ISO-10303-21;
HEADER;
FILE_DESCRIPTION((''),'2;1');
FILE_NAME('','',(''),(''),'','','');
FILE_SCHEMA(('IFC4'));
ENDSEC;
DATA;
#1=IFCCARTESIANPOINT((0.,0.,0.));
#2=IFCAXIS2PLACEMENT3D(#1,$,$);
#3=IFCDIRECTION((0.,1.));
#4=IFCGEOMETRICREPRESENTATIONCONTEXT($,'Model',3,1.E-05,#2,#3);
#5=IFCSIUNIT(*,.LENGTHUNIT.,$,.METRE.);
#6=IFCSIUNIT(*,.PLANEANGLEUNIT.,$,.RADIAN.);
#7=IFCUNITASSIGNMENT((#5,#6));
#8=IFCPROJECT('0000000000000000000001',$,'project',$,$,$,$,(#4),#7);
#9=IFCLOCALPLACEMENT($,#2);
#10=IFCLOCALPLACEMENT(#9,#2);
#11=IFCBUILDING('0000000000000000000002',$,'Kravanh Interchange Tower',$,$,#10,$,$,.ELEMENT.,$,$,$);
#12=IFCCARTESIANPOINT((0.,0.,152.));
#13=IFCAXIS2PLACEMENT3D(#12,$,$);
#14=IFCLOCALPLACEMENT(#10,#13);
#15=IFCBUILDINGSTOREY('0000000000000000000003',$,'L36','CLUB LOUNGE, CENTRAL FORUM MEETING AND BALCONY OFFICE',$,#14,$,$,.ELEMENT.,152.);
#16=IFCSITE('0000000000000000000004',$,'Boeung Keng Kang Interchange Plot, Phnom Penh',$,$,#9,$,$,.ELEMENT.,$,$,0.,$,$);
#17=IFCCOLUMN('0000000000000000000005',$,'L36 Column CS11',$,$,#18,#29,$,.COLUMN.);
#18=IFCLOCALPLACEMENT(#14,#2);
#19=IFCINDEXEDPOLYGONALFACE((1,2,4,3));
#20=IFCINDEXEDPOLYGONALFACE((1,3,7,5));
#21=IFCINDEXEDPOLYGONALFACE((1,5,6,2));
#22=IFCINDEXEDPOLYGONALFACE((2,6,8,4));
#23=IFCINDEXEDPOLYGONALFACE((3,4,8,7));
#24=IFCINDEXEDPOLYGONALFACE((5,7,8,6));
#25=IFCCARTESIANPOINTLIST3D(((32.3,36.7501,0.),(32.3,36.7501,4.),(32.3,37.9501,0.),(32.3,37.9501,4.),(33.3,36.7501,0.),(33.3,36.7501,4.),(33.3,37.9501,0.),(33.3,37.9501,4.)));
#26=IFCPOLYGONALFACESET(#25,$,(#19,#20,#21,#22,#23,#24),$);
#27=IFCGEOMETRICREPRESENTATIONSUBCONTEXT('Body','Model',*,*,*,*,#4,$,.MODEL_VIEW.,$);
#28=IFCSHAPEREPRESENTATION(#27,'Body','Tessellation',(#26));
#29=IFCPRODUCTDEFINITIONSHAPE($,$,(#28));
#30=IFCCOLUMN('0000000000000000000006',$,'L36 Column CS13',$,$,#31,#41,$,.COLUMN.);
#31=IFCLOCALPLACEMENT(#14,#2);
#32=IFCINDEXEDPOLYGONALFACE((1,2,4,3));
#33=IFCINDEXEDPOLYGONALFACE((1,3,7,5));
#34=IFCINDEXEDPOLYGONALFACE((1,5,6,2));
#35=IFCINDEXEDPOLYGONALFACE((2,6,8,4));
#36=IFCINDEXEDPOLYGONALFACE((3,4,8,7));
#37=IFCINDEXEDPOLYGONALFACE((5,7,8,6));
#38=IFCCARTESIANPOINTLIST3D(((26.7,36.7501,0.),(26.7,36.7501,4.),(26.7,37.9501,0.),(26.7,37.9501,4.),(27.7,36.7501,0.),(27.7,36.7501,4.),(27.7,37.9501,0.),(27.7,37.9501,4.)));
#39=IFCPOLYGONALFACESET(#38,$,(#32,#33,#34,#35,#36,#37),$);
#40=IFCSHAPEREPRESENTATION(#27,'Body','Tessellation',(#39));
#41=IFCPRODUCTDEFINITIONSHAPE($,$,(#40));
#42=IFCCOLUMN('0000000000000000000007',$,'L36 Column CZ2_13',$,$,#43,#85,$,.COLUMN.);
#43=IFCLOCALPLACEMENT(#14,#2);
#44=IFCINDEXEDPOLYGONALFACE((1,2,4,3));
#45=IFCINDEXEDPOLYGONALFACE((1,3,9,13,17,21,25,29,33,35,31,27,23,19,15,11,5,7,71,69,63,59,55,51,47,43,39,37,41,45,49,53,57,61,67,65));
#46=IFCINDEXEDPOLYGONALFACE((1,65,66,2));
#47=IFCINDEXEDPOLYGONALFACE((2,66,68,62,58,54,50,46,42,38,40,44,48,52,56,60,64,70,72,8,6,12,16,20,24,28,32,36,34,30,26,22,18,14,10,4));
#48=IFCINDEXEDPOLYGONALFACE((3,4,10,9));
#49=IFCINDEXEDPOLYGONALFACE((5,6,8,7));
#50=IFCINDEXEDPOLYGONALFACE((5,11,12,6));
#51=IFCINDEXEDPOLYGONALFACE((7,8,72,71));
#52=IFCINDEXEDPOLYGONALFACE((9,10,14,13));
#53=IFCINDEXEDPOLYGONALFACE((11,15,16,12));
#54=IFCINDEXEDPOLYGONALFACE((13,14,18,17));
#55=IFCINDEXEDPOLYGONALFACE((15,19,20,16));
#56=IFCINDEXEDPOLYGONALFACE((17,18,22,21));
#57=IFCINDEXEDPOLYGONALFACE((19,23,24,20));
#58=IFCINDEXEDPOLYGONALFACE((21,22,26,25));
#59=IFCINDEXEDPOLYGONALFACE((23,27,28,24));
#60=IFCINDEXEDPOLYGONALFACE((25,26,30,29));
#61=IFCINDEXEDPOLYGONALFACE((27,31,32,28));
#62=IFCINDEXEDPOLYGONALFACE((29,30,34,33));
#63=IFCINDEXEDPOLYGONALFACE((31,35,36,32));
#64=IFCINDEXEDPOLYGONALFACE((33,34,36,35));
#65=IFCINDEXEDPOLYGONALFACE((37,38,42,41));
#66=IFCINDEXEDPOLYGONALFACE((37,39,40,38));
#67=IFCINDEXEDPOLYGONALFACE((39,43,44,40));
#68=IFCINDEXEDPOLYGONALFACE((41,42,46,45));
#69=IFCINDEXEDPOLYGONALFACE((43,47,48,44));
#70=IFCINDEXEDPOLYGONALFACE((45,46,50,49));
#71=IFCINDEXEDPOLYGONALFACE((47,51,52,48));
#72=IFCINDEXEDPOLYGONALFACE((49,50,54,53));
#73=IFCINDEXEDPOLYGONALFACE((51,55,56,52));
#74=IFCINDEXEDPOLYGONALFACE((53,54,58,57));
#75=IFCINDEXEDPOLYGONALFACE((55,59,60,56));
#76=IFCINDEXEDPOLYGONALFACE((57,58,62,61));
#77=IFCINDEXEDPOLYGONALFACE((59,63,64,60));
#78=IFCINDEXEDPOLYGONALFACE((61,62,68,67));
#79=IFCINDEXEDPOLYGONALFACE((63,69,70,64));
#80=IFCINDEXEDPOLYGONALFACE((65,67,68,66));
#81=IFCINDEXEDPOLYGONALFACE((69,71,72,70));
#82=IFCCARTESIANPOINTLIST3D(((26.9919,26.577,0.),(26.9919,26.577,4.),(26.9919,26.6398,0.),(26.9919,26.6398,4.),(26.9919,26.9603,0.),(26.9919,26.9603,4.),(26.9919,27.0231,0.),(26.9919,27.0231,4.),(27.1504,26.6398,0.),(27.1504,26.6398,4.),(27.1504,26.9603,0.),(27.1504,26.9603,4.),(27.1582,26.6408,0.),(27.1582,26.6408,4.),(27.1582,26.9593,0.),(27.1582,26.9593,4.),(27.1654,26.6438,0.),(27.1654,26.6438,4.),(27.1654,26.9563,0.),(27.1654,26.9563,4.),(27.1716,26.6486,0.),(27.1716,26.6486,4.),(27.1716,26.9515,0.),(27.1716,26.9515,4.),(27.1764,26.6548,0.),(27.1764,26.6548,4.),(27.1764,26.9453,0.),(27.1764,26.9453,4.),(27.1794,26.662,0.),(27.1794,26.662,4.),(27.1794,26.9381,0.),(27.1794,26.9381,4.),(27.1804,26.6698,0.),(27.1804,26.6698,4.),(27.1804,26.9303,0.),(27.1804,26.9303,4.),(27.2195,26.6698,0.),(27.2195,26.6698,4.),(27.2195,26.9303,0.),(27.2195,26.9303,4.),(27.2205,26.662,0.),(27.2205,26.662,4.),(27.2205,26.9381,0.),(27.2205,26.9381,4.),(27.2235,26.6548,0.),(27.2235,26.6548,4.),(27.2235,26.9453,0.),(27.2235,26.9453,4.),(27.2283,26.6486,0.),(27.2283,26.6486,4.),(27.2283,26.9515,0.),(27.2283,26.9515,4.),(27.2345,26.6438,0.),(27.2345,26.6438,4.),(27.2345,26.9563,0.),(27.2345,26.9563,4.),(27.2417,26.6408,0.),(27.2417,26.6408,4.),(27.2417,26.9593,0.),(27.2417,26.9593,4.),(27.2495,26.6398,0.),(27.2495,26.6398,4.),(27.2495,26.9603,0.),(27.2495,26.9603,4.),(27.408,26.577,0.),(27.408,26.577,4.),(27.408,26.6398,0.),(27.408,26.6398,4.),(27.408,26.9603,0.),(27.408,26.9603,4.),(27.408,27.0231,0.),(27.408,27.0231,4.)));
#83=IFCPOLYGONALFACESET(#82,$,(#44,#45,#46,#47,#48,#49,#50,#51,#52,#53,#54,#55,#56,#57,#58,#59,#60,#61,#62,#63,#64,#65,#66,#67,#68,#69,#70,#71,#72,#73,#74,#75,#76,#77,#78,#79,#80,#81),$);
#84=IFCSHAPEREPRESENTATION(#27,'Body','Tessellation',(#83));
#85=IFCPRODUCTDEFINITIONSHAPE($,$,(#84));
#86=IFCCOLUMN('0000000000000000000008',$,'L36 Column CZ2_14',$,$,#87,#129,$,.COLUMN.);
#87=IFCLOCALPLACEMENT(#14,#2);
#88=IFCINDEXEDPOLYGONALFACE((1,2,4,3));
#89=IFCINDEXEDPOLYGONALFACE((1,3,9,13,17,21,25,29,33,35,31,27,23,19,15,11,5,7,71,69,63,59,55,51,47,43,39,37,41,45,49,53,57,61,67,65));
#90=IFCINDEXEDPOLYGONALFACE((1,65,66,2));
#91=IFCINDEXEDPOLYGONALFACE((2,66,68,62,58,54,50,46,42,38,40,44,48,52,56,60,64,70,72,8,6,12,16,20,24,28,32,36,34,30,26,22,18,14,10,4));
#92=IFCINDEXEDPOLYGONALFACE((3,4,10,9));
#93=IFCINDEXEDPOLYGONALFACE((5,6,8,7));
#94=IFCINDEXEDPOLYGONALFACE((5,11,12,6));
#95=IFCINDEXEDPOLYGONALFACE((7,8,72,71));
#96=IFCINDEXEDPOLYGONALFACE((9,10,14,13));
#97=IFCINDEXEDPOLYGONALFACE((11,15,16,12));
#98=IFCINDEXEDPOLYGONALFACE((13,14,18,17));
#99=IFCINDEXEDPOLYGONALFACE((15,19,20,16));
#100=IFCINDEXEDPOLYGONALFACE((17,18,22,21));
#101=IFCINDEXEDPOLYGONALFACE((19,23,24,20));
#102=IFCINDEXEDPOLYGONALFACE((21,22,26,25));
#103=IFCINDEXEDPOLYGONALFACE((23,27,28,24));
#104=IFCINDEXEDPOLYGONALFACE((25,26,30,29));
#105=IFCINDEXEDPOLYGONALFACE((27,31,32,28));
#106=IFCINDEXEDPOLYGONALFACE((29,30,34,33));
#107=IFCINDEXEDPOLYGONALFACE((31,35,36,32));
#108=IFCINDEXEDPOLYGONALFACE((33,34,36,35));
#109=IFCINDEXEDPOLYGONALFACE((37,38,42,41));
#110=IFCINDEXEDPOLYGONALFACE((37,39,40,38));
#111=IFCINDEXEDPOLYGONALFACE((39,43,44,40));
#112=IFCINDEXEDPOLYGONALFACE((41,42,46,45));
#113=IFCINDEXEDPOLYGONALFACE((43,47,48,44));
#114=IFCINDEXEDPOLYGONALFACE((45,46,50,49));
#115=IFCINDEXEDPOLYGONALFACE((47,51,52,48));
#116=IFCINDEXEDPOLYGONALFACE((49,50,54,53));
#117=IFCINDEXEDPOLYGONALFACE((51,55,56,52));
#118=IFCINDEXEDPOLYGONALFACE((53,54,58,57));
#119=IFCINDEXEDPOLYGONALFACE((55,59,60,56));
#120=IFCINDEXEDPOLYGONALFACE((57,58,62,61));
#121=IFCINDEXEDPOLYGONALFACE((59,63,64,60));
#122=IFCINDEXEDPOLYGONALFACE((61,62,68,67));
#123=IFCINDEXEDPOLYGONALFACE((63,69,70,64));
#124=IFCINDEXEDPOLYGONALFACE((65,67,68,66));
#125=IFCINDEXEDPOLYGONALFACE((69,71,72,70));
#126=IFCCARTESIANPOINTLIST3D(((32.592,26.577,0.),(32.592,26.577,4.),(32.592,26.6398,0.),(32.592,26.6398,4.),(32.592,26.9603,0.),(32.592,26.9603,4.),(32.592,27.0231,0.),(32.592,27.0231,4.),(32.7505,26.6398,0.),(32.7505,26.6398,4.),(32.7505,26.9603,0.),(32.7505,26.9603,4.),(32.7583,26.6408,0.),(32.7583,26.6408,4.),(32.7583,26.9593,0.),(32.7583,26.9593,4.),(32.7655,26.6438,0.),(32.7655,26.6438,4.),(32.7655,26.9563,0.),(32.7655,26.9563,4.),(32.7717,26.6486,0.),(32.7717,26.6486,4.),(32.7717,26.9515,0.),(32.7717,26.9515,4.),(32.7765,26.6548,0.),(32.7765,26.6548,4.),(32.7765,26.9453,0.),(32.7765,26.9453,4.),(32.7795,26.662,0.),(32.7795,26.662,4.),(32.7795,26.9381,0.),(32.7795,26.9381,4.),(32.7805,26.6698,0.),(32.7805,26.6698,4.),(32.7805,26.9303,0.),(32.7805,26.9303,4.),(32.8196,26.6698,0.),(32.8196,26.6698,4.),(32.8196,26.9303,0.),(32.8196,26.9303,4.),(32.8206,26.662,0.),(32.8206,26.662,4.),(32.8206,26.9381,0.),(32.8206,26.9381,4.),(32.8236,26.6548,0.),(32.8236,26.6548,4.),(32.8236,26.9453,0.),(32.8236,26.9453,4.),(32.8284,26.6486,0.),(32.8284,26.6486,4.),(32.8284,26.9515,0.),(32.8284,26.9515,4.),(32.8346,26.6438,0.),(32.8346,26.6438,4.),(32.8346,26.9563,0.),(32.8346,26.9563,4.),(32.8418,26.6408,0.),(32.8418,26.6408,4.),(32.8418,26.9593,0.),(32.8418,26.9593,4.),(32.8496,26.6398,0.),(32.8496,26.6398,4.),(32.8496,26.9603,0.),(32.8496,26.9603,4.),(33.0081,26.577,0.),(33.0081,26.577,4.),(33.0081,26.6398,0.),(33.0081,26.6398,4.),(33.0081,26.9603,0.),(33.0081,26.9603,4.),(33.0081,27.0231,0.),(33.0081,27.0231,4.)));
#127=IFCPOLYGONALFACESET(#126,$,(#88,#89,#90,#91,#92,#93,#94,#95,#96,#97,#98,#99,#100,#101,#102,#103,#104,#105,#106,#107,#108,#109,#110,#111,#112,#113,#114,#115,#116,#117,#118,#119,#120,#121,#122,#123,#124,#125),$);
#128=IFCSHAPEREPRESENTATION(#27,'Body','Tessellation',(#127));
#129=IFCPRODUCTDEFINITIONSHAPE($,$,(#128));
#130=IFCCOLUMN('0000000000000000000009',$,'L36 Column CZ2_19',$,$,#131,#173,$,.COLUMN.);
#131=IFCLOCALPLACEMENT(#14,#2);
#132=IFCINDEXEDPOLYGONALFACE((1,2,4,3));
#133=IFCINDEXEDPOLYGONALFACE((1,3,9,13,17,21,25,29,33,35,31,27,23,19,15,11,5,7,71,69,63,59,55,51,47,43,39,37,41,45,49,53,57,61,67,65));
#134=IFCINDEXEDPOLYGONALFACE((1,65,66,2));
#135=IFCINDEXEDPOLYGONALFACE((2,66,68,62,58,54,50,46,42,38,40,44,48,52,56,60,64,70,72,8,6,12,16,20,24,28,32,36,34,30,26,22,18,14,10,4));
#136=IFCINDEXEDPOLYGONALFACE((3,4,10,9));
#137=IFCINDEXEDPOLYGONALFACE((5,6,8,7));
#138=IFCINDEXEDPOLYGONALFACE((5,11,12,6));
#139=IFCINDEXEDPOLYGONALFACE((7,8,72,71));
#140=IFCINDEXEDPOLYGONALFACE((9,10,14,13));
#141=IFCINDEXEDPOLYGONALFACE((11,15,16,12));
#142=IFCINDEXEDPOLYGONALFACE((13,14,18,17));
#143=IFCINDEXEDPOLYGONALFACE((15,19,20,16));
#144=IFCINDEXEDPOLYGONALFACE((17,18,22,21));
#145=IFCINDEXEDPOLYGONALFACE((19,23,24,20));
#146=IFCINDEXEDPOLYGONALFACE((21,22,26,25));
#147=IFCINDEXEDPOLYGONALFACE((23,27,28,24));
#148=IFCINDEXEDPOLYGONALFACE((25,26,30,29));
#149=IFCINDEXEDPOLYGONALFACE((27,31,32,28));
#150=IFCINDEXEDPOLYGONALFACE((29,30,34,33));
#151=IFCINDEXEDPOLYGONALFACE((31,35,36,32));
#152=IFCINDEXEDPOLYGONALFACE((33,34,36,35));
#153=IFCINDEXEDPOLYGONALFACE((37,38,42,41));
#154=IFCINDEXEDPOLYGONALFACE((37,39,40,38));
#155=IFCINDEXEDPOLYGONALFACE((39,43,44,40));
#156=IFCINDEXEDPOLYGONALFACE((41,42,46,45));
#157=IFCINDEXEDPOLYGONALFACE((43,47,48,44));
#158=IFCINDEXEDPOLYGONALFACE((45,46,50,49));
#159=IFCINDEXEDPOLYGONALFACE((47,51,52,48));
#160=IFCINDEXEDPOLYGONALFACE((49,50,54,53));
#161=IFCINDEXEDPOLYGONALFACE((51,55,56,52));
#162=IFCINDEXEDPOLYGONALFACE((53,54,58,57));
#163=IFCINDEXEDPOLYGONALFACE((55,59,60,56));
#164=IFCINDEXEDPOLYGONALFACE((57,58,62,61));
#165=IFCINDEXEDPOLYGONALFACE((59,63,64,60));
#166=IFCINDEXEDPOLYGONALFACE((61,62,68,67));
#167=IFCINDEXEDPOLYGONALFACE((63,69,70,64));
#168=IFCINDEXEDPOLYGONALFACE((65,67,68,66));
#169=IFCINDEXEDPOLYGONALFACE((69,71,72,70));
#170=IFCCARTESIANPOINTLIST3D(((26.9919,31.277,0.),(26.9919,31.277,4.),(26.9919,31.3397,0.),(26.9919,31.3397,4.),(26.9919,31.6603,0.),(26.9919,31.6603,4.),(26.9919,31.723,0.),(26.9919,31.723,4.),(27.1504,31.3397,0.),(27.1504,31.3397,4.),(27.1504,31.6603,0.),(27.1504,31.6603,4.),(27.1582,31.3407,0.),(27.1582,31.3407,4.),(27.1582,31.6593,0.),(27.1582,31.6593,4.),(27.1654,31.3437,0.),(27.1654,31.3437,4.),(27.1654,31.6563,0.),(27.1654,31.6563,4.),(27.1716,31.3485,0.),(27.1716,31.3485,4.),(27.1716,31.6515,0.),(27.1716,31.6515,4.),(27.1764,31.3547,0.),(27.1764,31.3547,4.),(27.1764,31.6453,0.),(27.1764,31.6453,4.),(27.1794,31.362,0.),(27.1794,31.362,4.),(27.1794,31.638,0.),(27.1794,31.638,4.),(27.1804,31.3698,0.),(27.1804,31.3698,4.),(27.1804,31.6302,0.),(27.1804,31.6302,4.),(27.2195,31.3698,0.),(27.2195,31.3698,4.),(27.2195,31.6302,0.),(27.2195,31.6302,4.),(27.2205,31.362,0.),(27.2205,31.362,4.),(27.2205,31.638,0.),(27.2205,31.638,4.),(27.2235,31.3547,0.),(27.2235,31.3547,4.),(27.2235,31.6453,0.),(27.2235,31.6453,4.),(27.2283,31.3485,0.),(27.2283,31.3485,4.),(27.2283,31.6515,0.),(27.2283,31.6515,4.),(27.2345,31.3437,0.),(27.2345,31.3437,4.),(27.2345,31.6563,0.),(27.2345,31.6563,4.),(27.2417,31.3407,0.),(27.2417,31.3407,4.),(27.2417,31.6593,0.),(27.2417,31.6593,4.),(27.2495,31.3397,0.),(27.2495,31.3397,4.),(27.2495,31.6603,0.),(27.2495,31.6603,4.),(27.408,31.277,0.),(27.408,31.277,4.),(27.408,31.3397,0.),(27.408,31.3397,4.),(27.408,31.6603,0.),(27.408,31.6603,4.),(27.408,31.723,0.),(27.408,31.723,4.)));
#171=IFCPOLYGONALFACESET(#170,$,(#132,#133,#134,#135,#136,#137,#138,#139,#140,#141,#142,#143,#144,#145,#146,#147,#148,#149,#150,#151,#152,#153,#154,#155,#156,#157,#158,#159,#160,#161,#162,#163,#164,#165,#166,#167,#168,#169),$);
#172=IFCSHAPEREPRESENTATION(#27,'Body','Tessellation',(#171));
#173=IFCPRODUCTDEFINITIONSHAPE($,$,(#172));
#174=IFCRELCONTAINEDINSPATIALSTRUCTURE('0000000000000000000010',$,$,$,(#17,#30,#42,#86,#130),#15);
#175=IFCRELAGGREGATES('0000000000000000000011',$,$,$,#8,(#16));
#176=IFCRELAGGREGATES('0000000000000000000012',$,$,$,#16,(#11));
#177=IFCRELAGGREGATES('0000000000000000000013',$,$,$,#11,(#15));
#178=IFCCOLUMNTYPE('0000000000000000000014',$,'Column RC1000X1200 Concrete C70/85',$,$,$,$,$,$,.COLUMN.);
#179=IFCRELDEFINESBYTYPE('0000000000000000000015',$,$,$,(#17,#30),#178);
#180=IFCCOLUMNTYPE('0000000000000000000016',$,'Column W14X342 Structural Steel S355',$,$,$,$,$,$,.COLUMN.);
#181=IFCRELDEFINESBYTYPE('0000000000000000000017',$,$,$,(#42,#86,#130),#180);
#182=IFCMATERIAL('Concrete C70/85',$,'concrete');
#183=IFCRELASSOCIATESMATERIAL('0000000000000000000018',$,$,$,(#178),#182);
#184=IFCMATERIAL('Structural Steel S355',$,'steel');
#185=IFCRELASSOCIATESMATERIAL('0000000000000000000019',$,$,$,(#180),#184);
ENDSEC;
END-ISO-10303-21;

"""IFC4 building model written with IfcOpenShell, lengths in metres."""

from ifc_helpers import new_model, si_unit, direction, frame, origin, origin_2d, place, context, subcontext, project, spatial, rectangle, i_section, extrude, material, material_profile, profile_set, type_object, element, save


model = new_model("IFC4")

# Units and contexts
model_context = context("Model", 3, precision=1e-05, world=origin(), true_north=direction((0.0, 1.0)))
body_context = subcontext(model_context, "Body", "Model", "MODEL_VIEW")
ifc_project = project(units=[si_unit("LENGTHUNIT", "METRE"), si_unit("PLANEANGLEUNIT", "RADIAN")], contexts=[model_context])

# Site, building, storey
site_placement = place(None, origin())
site = spatial("IfcSite", under=ifc_project, at=site_placement, Name="Boeung Keng Kang Interchange Plot, Phnom Penh", CompositionType="ELEMENT", RefElevation=0.0)
building_placement = place(site_placement, origin())
building = spatial("IfcBuilding", under=site, at=building_placement, Name="Kravanh Interchange Tower", CompositionType="ELEMENT")
storey_placement = place(building_placement, frame((0.0, 0.0, 152.0)))
storey = spatial("IfcBuildingStorey", under=building, at=storey_placement, Name="L36", Description="CLUB LOUNGE, CENTRAL FORUM MEETING AND BALCONY OFFICE", CompositionType="ELEMENT", Elevation=152.0)

# Columns
ifc_material_1 = material(Name="Concrete C70/85", Category="concrete")
ifc_material_profile_1 = material_profile(ifc_material_1, rectangle(XDim=1.0, YDim=1.2, at=origin_2d()), Name="RC1000X1200")
ifc_profile_set_1 = profile_set([ifc_material_profile_1], Name="Concrete C70/85")
column_type_1 = type_object("IfcColumnType", Name="Column RC1000X1200 Concrete C70/85", PredefinedType="COLUMN", material=ifc_profile_set_1)
for number, where, z_axis, x_axis, name in (
    (1, (32.8, 37.3501, 0.0), (0.0, 0.0, 1.0), (1.0, 0.0, 0.0), "L36 Column CS11"),
    (2, (27.2, 37.3501, 0.0), (0.0, 0.0, 1.0), (1.0, 0.0, 0.0), "L36 Column CS13"),
):
    element("IfcColumn", number, at=place(storey_placement, frame(where, z_axis=z_axis, x_axis=x_axis)), inside=storey, type_object=column_type_1, Name=name, PredefinedType="COLUMN", context=body_context, shape_type="SweptSolid", body=[
        extrude(rectangle(XDim=1.0, YDim=1.2, at=origin_2d()), origin(), (0.0, 0.0, 1.0), 4.0),
    ])
ifc_material_2 = material(Name="Structural Steel S355", Category="steel")
ifc_material_profile_2 = material_profile(ifc_material_2, i_section(OverallWidth=0.416, OverallDepth=0.446, WebThickness=0.0391, FlangeThickness=0.0627, FilletRadius=0.03, at=origin_2d()), Name="W14X342")
ifc_profile_set_2 = profile_set([ifc_material_profile_2], Name="Structural Steel S355")
column_type_2 = type_object("IfcColumnType", Name="Column W14X342 Structural Steel S355", PredefinedType="COLUMN", material=ifc_profile_set_2)
for number, where, z_axis, x_axis, name in (
    (3, (27.2, 26.8, 0.0), (0.0, 0.0, 1.0), (1.0, 0.0, 0.0), "L36 Column CZ2_13"),
    (4, (32.8, 26.8, 0.0), (0.0, 0.0, 1.0), (1.0, 0.0, 0.0), "L36 Column CZ2_14"),
    (5, (27.2, 31.5, 0.0), (0.0, 0.0, 1.0), (1.0, 0.0, 0.0), "L36 Column CZ2_19"),
):
    element("IfcColumn", number, at=place(storey_placement, frame(where, z_axis=z_axis, x_axis=x_axis)), inside=storey, type_object=column_type_2, Name=name, PredefinedType="COLUMN", context=body_context, shape_type="SweptSolid", body=[
        extrude(i_section(OverallWidth=0.416, OverallDepth=0.446, WebThickness=0.0391, FlangeThickness=0.0627, FilletRadius=0.03, at=origin_2d()), origin(), (0.0, 0.0, 1.0), 4.0),
    ])

save(model, "model.ifc")
